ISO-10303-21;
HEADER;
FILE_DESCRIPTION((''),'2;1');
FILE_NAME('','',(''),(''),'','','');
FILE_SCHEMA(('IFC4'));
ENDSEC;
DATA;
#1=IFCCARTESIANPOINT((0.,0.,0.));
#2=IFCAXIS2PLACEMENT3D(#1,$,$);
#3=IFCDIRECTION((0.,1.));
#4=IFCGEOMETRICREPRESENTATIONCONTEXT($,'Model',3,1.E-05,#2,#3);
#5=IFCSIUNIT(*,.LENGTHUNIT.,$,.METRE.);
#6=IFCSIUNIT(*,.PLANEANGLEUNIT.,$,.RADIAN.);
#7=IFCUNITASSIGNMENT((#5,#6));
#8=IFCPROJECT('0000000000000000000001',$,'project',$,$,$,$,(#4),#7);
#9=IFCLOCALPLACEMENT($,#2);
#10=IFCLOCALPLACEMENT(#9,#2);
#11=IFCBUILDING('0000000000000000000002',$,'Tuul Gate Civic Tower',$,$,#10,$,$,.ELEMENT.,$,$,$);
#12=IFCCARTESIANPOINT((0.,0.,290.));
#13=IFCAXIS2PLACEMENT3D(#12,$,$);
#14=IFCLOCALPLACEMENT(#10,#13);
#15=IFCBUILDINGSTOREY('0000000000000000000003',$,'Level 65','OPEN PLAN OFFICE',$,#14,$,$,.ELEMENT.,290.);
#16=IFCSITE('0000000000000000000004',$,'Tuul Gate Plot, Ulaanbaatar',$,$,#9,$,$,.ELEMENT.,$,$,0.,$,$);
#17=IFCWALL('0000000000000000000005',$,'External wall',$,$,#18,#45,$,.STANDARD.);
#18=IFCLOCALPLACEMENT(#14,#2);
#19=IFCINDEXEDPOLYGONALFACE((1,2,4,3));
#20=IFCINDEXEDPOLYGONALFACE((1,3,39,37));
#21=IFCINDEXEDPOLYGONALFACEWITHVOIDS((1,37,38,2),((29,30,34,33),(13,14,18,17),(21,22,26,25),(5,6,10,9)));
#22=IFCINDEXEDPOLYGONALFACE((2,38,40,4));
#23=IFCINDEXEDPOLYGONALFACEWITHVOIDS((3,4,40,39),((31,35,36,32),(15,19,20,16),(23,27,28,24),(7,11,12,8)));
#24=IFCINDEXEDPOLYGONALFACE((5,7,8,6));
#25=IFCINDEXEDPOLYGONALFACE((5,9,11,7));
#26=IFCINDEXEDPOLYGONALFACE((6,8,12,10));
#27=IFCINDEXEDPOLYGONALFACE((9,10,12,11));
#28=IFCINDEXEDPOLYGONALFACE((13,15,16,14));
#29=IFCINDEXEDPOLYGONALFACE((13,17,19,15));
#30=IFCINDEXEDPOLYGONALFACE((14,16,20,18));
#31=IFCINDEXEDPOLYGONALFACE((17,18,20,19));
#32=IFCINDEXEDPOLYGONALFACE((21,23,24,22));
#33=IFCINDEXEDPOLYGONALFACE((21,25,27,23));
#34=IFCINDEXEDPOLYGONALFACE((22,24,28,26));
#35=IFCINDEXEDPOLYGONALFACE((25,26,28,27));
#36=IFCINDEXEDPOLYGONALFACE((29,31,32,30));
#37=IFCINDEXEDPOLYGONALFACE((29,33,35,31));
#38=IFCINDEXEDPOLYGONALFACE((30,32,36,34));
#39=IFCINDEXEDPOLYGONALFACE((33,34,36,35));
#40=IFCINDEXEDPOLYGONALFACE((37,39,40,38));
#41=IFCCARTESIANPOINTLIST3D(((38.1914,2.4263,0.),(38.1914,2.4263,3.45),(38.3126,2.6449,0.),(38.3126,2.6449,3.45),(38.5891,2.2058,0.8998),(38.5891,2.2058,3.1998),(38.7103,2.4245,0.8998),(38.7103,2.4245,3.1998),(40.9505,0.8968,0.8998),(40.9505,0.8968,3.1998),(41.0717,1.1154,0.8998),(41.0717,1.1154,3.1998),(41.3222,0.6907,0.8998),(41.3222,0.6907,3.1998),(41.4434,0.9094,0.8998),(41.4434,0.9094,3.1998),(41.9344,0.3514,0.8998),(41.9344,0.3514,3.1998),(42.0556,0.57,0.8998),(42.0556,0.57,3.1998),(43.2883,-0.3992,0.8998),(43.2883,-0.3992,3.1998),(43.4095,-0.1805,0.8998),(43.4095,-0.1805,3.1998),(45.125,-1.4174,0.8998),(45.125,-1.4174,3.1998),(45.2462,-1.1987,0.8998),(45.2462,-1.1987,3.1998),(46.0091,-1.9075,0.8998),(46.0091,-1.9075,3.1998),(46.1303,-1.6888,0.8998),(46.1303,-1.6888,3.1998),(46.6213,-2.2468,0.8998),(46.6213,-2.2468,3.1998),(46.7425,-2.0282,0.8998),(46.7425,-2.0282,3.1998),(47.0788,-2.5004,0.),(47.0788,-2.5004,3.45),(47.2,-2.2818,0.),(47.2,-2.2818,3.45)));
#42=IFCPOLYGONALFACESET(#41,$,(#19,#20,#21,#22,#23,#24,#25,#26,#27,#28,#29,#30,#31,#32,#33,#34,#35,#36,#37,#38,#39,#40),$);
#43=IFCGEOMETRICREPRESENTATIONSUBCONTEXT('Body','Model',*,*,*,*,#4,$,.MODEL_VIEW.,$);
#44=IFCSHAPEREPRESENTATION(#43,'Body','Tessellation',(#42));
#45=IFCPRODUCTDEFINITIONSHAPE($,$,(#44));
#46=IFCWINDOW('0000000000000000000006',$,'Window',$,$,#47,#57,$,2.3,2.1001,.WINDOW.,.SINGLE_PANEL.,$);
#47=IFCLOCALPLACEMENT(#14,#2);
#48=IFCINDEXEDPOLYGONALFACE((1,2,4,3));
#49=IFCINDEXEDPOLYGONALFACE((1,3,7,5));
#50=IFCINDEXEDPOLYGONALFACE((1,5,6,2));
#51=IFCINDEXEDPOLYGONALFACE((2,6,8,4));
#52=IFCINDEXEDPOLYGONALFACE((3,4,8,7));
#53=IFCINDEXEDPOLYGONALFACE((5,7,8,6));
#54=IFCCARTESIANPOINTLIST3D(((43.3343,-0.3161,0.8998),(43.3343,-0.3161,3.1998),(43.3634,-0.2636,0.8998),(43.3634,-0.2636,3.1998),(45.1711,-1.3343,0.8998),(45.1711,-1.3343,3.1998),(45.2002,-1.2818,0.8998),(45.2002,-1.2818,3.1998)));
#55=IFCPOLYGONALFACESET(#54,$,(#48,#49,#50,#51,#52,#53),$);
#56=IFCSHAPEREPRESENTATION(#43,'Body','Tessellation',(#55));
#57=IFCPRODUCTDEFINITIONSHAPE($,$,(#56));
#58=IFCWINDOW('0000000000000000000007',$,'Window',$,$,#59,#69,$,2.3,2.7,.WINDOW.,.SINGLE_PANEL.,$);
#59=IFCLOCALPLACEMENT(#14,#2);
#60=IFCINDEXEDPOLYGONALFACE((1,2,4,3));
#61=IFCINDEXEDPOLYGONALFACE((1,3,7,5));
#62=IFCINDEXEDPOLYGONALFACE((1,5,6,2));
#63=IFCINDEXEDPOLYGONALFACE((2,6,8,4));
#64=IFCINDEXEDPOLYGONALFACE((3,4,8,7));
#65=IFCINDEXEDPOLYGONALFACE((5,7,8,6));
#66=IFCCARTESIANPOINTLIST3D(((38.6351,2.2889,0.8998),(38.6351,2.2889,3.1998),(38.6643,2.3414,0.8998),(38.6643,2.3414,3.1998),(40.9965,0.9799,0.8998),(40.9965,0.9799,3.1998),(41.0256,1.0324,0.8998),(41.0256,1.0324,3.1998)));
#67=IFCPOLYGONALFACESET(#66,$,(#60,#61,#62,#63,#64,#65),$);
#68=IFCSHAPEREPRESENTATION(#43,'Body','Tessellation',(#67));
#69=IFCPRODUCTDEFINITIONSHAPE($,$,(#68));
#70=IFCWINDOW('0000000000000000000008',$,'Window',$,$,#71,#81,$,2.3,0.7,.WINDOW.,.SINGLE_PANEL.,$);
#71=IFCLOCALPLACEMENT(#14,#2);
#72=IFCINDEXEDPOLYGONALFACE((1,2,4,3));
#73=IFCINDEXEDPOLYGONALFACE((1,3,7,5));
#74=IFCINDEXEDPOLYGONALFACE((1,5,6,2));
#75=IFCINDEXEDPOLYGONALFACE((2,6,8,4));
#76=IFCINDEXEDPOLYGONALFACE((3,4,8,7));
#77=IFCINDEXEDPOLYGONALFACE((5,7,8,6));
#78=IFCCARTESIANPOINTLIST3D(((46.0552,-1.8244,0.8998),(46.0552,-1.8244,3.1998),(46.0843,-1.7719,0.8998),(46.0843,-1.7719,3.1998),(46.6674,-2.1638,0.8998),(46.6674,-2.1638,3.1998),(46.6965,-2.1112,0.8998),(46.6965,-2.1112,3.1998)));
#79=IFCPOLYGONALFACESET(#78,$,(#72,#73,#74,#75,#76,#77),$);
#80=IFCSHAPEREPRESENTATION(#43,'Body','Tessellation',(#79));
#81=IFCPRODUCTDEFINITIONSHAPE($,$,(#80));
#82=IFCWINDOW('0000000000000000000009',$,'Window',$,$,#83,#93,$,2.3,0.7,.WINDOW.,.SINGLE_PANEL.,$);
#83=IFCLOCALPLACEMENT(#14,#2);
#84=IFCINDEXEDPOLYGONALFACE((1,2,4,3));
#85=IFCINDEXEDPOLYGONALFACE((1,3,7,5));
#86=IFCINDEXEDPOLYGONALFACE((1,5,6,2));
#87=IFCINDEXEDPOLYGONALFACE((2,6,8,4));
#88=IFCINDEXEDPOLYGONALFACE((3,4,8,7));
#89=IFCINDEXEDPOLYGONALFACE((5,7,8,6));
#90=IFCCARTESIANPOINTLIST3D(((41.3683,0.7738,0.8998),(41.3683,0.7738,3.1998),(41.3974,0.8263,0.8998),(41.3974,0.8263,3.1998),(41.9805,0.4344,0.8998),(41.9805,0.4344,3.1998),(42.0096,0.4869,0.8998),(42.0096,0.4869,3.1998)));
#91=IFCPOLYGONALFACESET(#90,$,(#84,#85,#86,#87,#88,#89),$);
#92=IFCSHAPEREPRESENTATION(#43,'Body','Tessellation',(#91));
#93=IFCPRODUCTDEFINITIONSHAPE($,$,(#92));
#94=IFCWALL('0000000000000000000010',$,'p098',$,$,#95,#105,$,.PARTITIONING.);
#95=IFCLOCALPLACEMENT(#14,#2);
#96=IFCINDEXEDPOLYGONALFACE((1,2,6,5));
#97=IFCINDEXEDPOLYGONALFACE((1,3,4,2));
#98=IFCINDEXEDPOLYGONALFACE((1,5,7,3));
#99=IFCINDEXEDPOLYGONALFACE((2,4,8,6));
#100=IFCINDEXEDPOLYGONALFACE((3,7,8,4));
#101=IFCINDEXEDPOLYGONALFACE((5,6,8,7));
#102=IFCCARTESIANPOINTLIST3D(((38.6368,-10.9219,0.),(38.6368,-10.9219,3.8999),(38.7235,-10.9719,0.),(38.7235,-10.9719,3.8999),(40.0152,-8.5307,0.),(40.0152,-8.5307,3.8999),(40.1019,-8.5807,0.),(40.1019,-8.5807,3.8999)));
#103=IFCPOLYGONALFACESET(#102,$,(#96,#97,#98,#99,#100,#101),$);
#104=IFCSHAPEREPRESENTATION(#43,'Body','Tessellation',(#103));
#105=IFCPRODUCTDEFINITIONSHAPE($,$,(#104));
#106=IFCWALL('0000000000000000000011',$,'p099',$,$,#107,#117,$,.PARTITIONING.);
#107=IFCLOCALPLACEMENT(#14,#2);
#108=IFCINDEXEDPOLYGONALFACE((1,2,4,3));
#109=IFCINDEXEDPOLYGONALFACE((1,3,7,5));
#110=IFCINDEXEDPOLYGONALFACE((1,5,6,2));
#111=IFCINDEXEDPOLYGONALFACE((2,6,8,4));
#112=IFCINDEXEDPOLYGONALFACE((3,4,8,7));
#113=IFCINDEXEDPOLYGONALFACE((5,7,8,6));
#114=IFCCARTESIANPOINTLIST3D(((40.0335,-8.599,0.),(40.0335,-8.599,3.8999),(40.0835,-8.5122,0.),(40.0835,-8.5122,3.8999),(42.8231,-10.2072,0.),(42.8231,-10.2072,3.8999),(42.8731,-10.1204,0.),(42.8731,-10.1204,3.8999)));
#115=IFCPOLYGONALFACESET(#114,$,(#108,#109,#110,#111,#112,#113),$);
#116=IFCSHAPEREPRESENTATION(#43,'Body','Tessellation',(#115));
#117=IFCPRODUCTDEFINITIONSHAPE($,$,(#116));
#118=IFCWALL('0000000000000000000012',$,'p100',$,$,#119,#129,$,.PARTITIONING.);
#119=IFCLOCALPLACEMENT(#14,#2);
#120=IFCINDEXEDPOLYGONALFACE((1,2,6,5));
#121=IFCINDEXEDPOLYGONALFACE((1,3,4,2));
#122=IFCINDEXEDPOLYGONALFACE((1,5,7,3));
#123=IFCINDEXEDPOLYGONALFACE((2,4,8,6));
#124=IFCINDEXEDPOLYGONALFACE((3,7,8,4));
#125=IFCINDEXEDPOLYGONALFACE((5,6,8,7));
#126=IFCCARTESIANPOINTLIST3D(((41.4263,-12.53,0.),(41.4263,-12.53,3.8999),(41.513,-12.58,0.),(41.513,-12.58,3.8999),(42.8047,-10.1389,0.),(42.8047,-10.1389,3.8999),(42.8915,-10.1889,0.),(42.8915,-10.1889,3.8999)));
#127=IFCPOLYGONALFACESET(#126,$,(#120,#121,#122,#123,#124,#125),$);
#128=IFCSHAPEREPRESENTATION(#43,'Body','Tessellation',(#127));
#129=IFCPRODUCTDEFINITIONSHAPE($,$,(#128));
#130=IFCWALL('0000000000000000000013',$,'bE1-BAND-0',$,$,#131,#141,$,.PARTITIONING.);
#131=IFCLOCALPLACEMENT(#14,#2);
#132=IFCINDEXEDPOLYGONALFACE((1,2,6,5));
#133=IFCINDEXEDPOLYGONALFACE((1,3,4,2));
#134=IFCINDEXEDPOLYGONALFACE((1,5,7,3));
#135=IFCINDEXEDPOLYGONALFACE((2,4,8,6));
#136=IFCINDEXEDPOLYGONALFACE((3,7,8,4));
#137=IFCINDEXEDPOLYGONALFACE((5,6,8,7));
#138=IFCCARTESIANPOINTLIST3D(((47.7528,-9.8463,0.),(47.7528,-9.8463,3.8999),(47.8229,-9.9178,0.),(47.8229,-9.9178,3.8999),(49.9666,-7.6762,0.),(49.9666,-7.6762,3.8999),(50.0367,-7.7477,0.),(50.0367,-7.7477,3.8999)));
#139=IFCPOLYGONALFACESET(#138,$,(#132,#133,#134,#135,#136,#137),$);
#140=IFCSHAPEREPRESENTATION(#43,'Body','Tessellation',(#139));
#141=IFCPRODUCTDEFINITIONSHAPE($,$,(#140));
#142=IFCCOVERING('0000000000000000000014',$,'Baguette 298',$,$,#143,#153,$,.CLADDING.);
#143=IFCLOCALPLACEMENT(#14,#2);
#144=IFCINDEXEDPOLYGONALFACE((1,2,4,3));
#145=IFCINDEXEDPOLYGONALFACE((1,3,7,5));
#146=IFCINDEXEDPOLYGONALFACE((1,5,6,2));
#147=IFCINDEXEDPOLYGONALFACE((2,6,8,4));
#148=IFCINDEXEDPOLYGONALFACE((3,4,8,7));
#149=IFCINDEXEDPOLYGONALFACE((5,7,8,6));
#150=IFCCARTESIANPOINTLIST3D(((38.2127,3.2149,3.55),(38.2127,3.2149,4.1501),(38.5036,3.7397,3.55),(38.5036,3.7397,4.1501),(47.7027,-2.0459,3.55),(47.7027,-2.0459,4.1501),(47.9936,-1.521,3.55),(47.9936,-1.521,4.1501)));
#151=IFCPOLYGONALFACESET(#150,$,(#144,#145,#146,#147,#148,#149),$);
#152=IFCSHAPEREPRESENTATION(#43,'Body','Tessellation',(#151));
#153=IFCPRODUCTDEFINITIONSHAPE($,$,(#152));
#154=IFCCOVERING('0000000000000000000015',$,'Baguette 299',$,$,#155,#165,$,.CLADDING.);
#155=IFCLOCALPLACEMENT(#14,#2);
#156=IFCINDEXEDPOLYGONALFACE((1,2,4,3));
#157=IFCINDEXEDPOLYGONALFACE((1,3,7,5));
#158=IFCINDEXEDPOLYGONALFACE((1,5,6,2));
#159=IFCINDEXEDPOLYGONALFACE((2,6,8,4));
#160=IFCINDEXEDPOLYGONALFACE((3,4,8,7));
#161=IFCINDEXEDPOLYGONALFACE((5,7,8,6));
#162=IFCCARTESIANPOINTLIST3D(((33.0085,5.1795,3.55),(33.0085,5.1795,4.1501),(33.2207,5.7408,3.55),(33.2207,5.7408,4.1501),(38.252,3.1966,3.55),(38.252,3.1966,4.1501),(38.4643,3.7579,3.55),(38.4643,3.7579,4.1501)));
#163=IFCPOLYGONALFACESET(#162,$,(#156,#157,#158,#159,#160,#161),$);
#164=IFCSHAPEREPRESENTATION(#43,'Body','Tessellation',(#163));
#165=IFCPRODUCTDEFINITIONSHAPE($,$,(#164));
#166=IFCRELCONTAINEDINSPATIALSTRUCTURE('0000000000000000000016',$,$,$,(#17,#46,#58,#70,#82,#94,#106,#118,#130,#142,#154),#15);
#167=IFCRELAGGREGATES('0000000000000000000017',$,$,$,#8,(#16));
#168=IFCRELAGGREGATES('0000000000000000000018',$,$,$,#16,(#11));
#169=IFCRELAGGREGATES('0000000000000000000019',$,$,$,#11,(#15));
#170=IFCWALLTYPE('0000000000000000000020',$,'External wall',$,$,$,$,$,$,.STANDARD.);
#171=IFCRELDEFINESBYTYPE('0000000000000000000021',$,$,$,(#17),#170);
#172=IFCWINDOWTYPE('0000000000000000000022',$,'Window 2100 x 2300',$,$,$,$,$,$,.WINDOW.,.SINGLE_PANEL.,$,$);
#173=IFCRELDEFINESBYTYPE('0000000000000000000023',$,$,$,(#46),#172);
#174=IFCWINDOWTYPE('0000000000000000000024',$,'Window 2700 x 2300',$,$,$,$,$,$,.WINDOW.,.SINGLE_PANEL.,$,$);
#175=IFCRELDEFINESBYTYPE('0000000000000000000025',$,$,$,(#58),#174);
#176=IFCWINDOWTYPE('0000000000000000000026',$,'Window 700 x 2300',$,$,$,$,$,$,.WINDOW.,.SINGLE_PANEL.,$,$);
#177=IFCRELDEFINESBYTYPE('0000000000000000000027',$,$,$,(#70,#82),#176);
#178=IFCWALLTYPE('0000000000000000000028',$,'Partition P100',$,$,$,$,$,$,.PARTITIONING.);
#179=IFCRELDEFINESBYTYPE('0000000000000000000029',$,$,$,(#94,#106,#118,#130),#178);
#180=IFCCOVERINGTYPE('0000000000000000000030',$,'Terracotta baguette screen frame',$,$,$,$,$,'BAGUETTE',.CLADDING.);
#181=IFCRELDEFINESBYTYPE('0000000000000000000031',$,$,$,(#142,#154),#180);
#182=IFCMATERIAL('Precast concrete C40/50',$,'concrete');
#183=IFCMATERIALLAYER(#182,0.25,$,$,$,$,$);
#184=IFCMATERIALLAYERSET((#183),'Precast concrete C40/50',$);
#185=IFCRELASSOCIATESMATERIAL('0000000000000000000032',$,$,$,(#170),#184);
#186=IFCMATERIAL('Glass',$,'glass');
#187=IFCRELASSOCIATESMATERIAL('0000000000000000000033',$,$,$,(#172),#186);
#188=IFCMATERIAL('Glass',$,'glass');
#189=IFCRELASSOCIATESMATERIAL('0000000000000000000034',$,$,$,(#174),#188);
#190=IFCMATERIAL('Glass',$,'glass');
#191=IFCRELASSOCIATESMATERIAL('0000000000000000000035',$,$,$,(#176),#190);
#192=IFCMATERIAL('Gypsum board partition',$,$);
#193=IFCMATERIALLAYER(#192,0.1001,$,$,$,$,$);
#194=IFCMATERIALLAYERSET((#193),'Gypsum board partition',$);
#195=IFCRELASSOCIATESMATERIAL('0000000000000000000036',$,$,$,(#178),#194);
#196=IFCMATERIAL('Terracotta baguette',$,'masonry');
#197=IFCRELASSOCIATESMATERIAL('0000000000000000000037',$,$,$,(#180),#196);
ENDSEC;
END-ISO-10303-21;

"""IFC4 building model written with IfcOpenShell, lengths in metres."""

from ifc_helpers import new_model, si_unit, direction, frame, frame_2d, origin, origin_2d, place, context, subcontext, project, spatial, rectangle, extrude, material, layer, layer_set, material_profile, profile_set, type_object, element, fill, save


model = new_model("IFC4")

# Units and contexts
model_context = context("Model", 3, precision=1e-05, world=origin(), true_north=direction((0.0, 1.0)))
body_context = subcontext(model_context, "Body", "Model", "MODEL_VIEW")
ifc_project = project(units=[si_unit("LENGTHUNIT", "METRE"), si_unit("PLANEANGLEUNIT", "RADIAN")], contexts=[model_context])

# Site, building, storey
site_placement = place(None, origin())
site = spatial("IfcSite", under=ifc_project, at=site_placement, Name="Tuul Gate Plot, Ulaanbaatar", CompositionType="ELEMENT", RefElevation=0.0)
building_placement = place(site_placement, origin())
building = spatial("IfcBuilding", under=site, at=building_placement, Name="Tuul Gate Civic Tower", CompositionType="ELEMENT")
storey_placement = place(building_placement, frame((0.0, 0.0, 290.0)))
storey = spatial("IfcBuildingStorey", under=building, at=storey_placement, Name="Level 65", Description="OPEN PLAN OFFICE", CompositionType="ELEMENT", Elevation=290.0)

# Wall, openings, windows
ifc_material_1 = material(Name="Precast concrete C40/50", Category="concrete")
ifc_layer_1 = layer(ifc_material_1, 0.25)
ifc_layer_set_1 = layer_set([ifc_layer_1], Name="Precast concrete C40/50")
wall_type_1 = type_object("IfcWallType", Name="External wall", PredefinedType="STANDARD", material=ifc_layer_set_1)
wall_1_placement = place(storey_placement, frame((47.1394, -2.3911, 0.0), z_axis=(0.0, 0.0, 1.0), x_axis=(-0.874605, 0.484837, 0.0)))
wall_1 = element("IfcWall", 1, at=wall_1_placement, inside=storey, type_object=wall_type_1, Name="External wall", PredefinedType="STANDARD", context=body_context, shape_type="SweptSolid", body=[
    extrude(rectangle(XDim=10.1616, YDim=0.25, at=frame_2d((5.0808, 0.0))), origin(), (0.0, 0.0, 1.0), 3.45),
])
opening_1_placement = place(wall_1_placement, frame((0.5229, 0.0, 0.8999)))
opening_1 = element("IfcOpeningElement", 2, at=opening_1_placement, cuts=wall_1, PredefinedType="OPENING", context=body_context, shape_type="SweptSolid", body=[
    extrude(rectangle(XDim=0.7, YDim=2.3, at=frame_2d((0.3501, 1.1499))), frame((0.0, 0.135, 0.0), z_axis=(0.0, -1.0, 0.0), x_axis=(1.0, 0.0, 0.0)), (0.0, 0.0, 1.0), 0.27),
])
opening_2_placement = place(wall_1_placement, frame((2.2339, 0.0, 0.8999)))
opening_2 = element("IfcOpeningElement", 3, at=opening_2_placement, cuts=wall_1, PredefinedType="OPENING", context=body_context, shape_type="SweptSolid", body=[
    extrude(rectangle(XDim=2.1001, YDim=2.3, at=frame_2d((1.05, 1.1499))), frame((0.0, 0.135, 0.0), z_axis=(0.0, -1.0, 0.0), x_axis=(1.0, 0.0, 0.0)), (0.0, 0.0, 1.0), 0.27),
])
opening_3_placement = place(wall_1_placement, frame((5.8818, 0.0, 0.8999)))
opening_3 = element("IfcOpeningElement", 4, at=opening_3_placement, cuts=wall_1, PredefinedType="OPENING", context=body_context, shape_type="SweptSolid", body=[
    extrude(rectangle(XDim=0.7, YDim=2.3, at=frame_2d((0.3501, 1.1499))), frame((0.0, 0.135, 0.0), z_axis=(0.0, -1.0, 0.0), x_axis=(1.0, 0.0, 0.0)), (0.0, 0.0, 1.0), 0.27),
])
opening_4_placement = place(wall_1_placement, frame((7.0068, 0.0, 0.8999)))
opening_4 = element("IfcOpeningElement", 5, at=opening_4_placement, cuts=wall_1, PredefinedType="OPENING", context=body_context, shape_type="SweptSolid", body=[
    extrude(rectangle(XDim=2.7, YDim=2.3, at=frame_2d((1.3501, 1.1499))), frame((0.0, 0.135, 0.0), z_axis=(0.0, -1.0, 0.0), x_axis=(1.0, 0.0, 0.0)), (0.0, 0.0, 1.0), 0.27),
])
ifc_material_2 = material(Name="Glass", Category="glass")
window_type_1 = type_object("IfcWindowType", Name="Window 2100 x 2300", PartitioningType="SINGLE_PANEL", PredefinedType="WINDOW", material=ifc_material_2)
window_1_placement = place(opening_2_placement, origin())
window_1 = element("IfcWindow", 6, at=window_1_placement, inside=storey, type_object=window_type_1, Name="Window", OverallHeight=2.3, OverallWidth=2.1001, PartitioningType="SINGLE_PANEL", PredefinedType="WINDOW", context=body_context, shape_type="SweptSolid", body=[
    extrude(rectangle(XDim=2.1001, YDim=2.3, at=frame_2d((1.05, 1.1499))), frame((0.0, 0.03, 0.0), z_axis=(0.0, -1.0, 0.0), x_axis=(1.0, 0.0, 0.0)), (0.0, 0.0, 1.0), 0.0601),
])
fill(opening_2, window_1)
ifc_material_3 = material(Name="Glass", Category="glass")
window_type_2 = type_object("IfcWindowType", Name="Window 2700 x 2300", PartitioningType="SINGLE_PANEL", PredefinedType="WINDOW", material=ifc_material_3)
window_2_placement = place(opening_4_placement, origin())
window_2 = element("IfcWindow", 7, at=window_2_placement, inside=storey, type_object=window_type_2, Name="Window", OverallHeight=2.3, OverallWidth=2.7, PartitioningType="SINGLE_PANEL", PredefinedType="WINDOW", context=body_context, shape_type="SweptSolid", body=[
    extrude(rectangle(XDim=2.7, YDim=2.3, at=frame_2d((1.3501, 1.1499))), frame((0.0, 0.03, 0.0), z_axis=(0.0, -1.0, 0.0), x_axis=(1.0, 0.0, 0.0)), (0.0, 0.0, 1.0), 0.0601),
])
fill(opening_4, window_2)
ifc_material_4 = material(Name="Glass", Category="glass")
window_type_3 = type_object("IfcWindowType", Name="Window 700 x 2300", PartitioningType="SINGLE_PANEL", PredefinedType="WINDOW", material=ifc_material_4)
window_3_placement = place(opening_1_placement, origin())
window_3 = element("IfcWindow", 8, at=window_3_placement, inside=storey, type_object=window_type_3, Name="Window", OverallHeight=2.3, OverallWidth=0.7, PartitioningType="SINGLE_PANEL", PredefinedType="WINDOW", context=body_context, shape_type="SweptSolid", body=[
    extrude(rectangle(XDim=0.7, YDim=2.3, at=frame_2d((0.3501, 1.1499))), frame((0.0, 0.03, 0.0), z_axis=(0.0, -1.0, 0.0), x_axis=(1.0, 0.0, 0.0)), (0.0, 0.0, 1.0), 0.0601),
])
fill(opening_1, window_3)
window_4_placement = place(opening_3_placement, origin())
window_4 = element("IfcWindow", 9, at=window_4_placement, inside=storey, type_object=window_type_3, Name="Window", OverallHeight=2.3, OverallWidth=0.7, PartitioningType="SINGLE_PANEL", PredefinedType="WINDOW", context=body_context, shape_type="SweptSolid", body=[
    extrude(rectangle(XDim=0.7, YDim=2.3, at=frame_2d((0.3501, 1.1499))), frame((0.0, 0.03, 0.0), z_axis=(0.0, -1.0, 0.0), x_axis=(1.0, 0.0, 0.0)), (0.0, 0.0, 1.0), 0.0601),
])
fill(opening_3, window_4)

# Walls
ifc_material_5 = material(Name="Gypsum board partition")
ifc_layer_2 = layer(ifc_material_5, 0.1001)
ifc_layer_set_2 = layer_set([ifc_layer_2], Name="Gypsum board partition")
wall_type_2 = type_object("IfcWallType", Name="Partition P100", PredefinedType="PARTITIONING", material=ifc_layer_set_2)
wall_2_placement = place(storey_placement, frame((38.6802, -10.9468, 0.0), z_axis=(0.0, 0.0, 1.0), x_axis=(0.499431, 0.866353, 0.0)))
element("IfcWall", 10, at=wall_2_placement, inside=storey, type_object=wall_type_2, Name="p098", PredefinedType="PARTITIONING", context=body_context, shape_type="SweptSolid", body=[
    extrude(rectangle(XDim=2.76, YDim=0.1001, at=frame_2d((1.3799, 0.0))), origin(), (0.0, 0.0, 1.0), 3.8999),
])
wall_3_placement = place(storey_placement, frame((40.0586, -8.5557, 0.0), z_axis=(0.0, 0.0, 1.0), x_axis=(0.866347, -0.499442, 0.0)))
element("IfcWall", 11, at=wall_3_placement, inside=storey, type_object=wall_type_2, Name="p099", PredefinedType="PARTITIONING", context=body_context, shape_type="SweptSolid", body=[
    extrude(rectangle(XDim=3.22, YDim=0.1001, at=frame_2d((1.6099, 0.0))), origin(), (0.0, 0.0, 1.0), 3.8999),
])
wall_4_placement = place(storey_placement, frame((41.4697, -12.5549, 0.0), z_axis=(0.0, 0.0, 1.0), x_axis=(0.499431, 0.866353, 0.0)))
element("IfcWall", 12, at=wall_4_placement, inside=storey, type_object=wall_type_2, Name="p100", PredefinedType="PARTITIONING", context=body_context, shape_type="SweptSolid", body=[
    extrude(rectangle(XDim=2.76, YDim=0.1001, at=frame_2d((1.3799, 0.0))), origin(), (0.0, 0.0, 1.0), 3.8999),
])
wall_5_placement = place(storey_placement, frame((47.7878, -9.8821, 0.0), z_axis=(0.0, 0.0, 1.0), x_axis=(0.71412, 0.700023, 0.0)))
element("IfcWall", 13, at=wall_5_placement, inside=storey, type_object=wall_type_2, Name="bE1-BAND-0", PredefinedType="PARTITIONING", context=body_context, shape_type="SweptSolid", body=[
    extrude(rectangle(XDim=3.1001, YDim=0.1001, at=frame_2d((1.55, 0.0))), origin(), (0.0, 0.0, 1.0), 3.8999),
])

# Coverings
ifc_material_6 = material(Name="Terracotta baguette", Category="masonry")
ifc_material_profile_1 = material_profile(ifc_material_6, rectangle(XDim=0.6001, YDim=0.6001, at=origin_2d()), Name="Terracotta baguette screen frame")
ifc_profile_set_1 = profile_set([ifc_material_profile_1], Name="Terracotta baguette")
covering_type = type_object("IfcCoveringType", Name="Terracotta baguette screen frame", ElementType="BAGUETTE", PredefinedType="CLADDING", material=ifc_profile_set_1)
covering_1_placement = place(storey_placement, frame((47.8481, -1.7834, 3.8501), z_axis=(-0.874606, 0.484835, 0.0), x_axis=(-0.484835, -0.874606, 0.0)))
element("IfcCovering", 14, at=covering_1_placement, inside=storey, type_object=covering_type, Name="Baguette 298", PredefinedType="CLADDING", context=body_context, shape_type="SweptSolid", body=[
    extrude(rectangle(XDim=0.6001, YDim=0.6001, at=origin_2d()), origin(), (0.0, 0.0, 1.0), 10.8506),
])
covering_2_placement = place(storey_placement, frame((38.3582, 3.4773, 3.8501), z_axis=(-0.935356, 0.353709, 0.0), x_axis=(-0.353709, -0.935356, 0.0)))
element("IfcCovering", 15, at=covering_2_placement, inside=storey, type_object=covering_type, Name="Baguette 299", PredefinedType="CLADDING", context=body_context, shape_type="SweptSolid", body=[
    extrude(rectangle(XDim=0.6001, YDim=0.6001, at=origin_2d()), origin(), (0.0, 0.0, 1.0), 5.606),
])

save(model, "model.ifc")
